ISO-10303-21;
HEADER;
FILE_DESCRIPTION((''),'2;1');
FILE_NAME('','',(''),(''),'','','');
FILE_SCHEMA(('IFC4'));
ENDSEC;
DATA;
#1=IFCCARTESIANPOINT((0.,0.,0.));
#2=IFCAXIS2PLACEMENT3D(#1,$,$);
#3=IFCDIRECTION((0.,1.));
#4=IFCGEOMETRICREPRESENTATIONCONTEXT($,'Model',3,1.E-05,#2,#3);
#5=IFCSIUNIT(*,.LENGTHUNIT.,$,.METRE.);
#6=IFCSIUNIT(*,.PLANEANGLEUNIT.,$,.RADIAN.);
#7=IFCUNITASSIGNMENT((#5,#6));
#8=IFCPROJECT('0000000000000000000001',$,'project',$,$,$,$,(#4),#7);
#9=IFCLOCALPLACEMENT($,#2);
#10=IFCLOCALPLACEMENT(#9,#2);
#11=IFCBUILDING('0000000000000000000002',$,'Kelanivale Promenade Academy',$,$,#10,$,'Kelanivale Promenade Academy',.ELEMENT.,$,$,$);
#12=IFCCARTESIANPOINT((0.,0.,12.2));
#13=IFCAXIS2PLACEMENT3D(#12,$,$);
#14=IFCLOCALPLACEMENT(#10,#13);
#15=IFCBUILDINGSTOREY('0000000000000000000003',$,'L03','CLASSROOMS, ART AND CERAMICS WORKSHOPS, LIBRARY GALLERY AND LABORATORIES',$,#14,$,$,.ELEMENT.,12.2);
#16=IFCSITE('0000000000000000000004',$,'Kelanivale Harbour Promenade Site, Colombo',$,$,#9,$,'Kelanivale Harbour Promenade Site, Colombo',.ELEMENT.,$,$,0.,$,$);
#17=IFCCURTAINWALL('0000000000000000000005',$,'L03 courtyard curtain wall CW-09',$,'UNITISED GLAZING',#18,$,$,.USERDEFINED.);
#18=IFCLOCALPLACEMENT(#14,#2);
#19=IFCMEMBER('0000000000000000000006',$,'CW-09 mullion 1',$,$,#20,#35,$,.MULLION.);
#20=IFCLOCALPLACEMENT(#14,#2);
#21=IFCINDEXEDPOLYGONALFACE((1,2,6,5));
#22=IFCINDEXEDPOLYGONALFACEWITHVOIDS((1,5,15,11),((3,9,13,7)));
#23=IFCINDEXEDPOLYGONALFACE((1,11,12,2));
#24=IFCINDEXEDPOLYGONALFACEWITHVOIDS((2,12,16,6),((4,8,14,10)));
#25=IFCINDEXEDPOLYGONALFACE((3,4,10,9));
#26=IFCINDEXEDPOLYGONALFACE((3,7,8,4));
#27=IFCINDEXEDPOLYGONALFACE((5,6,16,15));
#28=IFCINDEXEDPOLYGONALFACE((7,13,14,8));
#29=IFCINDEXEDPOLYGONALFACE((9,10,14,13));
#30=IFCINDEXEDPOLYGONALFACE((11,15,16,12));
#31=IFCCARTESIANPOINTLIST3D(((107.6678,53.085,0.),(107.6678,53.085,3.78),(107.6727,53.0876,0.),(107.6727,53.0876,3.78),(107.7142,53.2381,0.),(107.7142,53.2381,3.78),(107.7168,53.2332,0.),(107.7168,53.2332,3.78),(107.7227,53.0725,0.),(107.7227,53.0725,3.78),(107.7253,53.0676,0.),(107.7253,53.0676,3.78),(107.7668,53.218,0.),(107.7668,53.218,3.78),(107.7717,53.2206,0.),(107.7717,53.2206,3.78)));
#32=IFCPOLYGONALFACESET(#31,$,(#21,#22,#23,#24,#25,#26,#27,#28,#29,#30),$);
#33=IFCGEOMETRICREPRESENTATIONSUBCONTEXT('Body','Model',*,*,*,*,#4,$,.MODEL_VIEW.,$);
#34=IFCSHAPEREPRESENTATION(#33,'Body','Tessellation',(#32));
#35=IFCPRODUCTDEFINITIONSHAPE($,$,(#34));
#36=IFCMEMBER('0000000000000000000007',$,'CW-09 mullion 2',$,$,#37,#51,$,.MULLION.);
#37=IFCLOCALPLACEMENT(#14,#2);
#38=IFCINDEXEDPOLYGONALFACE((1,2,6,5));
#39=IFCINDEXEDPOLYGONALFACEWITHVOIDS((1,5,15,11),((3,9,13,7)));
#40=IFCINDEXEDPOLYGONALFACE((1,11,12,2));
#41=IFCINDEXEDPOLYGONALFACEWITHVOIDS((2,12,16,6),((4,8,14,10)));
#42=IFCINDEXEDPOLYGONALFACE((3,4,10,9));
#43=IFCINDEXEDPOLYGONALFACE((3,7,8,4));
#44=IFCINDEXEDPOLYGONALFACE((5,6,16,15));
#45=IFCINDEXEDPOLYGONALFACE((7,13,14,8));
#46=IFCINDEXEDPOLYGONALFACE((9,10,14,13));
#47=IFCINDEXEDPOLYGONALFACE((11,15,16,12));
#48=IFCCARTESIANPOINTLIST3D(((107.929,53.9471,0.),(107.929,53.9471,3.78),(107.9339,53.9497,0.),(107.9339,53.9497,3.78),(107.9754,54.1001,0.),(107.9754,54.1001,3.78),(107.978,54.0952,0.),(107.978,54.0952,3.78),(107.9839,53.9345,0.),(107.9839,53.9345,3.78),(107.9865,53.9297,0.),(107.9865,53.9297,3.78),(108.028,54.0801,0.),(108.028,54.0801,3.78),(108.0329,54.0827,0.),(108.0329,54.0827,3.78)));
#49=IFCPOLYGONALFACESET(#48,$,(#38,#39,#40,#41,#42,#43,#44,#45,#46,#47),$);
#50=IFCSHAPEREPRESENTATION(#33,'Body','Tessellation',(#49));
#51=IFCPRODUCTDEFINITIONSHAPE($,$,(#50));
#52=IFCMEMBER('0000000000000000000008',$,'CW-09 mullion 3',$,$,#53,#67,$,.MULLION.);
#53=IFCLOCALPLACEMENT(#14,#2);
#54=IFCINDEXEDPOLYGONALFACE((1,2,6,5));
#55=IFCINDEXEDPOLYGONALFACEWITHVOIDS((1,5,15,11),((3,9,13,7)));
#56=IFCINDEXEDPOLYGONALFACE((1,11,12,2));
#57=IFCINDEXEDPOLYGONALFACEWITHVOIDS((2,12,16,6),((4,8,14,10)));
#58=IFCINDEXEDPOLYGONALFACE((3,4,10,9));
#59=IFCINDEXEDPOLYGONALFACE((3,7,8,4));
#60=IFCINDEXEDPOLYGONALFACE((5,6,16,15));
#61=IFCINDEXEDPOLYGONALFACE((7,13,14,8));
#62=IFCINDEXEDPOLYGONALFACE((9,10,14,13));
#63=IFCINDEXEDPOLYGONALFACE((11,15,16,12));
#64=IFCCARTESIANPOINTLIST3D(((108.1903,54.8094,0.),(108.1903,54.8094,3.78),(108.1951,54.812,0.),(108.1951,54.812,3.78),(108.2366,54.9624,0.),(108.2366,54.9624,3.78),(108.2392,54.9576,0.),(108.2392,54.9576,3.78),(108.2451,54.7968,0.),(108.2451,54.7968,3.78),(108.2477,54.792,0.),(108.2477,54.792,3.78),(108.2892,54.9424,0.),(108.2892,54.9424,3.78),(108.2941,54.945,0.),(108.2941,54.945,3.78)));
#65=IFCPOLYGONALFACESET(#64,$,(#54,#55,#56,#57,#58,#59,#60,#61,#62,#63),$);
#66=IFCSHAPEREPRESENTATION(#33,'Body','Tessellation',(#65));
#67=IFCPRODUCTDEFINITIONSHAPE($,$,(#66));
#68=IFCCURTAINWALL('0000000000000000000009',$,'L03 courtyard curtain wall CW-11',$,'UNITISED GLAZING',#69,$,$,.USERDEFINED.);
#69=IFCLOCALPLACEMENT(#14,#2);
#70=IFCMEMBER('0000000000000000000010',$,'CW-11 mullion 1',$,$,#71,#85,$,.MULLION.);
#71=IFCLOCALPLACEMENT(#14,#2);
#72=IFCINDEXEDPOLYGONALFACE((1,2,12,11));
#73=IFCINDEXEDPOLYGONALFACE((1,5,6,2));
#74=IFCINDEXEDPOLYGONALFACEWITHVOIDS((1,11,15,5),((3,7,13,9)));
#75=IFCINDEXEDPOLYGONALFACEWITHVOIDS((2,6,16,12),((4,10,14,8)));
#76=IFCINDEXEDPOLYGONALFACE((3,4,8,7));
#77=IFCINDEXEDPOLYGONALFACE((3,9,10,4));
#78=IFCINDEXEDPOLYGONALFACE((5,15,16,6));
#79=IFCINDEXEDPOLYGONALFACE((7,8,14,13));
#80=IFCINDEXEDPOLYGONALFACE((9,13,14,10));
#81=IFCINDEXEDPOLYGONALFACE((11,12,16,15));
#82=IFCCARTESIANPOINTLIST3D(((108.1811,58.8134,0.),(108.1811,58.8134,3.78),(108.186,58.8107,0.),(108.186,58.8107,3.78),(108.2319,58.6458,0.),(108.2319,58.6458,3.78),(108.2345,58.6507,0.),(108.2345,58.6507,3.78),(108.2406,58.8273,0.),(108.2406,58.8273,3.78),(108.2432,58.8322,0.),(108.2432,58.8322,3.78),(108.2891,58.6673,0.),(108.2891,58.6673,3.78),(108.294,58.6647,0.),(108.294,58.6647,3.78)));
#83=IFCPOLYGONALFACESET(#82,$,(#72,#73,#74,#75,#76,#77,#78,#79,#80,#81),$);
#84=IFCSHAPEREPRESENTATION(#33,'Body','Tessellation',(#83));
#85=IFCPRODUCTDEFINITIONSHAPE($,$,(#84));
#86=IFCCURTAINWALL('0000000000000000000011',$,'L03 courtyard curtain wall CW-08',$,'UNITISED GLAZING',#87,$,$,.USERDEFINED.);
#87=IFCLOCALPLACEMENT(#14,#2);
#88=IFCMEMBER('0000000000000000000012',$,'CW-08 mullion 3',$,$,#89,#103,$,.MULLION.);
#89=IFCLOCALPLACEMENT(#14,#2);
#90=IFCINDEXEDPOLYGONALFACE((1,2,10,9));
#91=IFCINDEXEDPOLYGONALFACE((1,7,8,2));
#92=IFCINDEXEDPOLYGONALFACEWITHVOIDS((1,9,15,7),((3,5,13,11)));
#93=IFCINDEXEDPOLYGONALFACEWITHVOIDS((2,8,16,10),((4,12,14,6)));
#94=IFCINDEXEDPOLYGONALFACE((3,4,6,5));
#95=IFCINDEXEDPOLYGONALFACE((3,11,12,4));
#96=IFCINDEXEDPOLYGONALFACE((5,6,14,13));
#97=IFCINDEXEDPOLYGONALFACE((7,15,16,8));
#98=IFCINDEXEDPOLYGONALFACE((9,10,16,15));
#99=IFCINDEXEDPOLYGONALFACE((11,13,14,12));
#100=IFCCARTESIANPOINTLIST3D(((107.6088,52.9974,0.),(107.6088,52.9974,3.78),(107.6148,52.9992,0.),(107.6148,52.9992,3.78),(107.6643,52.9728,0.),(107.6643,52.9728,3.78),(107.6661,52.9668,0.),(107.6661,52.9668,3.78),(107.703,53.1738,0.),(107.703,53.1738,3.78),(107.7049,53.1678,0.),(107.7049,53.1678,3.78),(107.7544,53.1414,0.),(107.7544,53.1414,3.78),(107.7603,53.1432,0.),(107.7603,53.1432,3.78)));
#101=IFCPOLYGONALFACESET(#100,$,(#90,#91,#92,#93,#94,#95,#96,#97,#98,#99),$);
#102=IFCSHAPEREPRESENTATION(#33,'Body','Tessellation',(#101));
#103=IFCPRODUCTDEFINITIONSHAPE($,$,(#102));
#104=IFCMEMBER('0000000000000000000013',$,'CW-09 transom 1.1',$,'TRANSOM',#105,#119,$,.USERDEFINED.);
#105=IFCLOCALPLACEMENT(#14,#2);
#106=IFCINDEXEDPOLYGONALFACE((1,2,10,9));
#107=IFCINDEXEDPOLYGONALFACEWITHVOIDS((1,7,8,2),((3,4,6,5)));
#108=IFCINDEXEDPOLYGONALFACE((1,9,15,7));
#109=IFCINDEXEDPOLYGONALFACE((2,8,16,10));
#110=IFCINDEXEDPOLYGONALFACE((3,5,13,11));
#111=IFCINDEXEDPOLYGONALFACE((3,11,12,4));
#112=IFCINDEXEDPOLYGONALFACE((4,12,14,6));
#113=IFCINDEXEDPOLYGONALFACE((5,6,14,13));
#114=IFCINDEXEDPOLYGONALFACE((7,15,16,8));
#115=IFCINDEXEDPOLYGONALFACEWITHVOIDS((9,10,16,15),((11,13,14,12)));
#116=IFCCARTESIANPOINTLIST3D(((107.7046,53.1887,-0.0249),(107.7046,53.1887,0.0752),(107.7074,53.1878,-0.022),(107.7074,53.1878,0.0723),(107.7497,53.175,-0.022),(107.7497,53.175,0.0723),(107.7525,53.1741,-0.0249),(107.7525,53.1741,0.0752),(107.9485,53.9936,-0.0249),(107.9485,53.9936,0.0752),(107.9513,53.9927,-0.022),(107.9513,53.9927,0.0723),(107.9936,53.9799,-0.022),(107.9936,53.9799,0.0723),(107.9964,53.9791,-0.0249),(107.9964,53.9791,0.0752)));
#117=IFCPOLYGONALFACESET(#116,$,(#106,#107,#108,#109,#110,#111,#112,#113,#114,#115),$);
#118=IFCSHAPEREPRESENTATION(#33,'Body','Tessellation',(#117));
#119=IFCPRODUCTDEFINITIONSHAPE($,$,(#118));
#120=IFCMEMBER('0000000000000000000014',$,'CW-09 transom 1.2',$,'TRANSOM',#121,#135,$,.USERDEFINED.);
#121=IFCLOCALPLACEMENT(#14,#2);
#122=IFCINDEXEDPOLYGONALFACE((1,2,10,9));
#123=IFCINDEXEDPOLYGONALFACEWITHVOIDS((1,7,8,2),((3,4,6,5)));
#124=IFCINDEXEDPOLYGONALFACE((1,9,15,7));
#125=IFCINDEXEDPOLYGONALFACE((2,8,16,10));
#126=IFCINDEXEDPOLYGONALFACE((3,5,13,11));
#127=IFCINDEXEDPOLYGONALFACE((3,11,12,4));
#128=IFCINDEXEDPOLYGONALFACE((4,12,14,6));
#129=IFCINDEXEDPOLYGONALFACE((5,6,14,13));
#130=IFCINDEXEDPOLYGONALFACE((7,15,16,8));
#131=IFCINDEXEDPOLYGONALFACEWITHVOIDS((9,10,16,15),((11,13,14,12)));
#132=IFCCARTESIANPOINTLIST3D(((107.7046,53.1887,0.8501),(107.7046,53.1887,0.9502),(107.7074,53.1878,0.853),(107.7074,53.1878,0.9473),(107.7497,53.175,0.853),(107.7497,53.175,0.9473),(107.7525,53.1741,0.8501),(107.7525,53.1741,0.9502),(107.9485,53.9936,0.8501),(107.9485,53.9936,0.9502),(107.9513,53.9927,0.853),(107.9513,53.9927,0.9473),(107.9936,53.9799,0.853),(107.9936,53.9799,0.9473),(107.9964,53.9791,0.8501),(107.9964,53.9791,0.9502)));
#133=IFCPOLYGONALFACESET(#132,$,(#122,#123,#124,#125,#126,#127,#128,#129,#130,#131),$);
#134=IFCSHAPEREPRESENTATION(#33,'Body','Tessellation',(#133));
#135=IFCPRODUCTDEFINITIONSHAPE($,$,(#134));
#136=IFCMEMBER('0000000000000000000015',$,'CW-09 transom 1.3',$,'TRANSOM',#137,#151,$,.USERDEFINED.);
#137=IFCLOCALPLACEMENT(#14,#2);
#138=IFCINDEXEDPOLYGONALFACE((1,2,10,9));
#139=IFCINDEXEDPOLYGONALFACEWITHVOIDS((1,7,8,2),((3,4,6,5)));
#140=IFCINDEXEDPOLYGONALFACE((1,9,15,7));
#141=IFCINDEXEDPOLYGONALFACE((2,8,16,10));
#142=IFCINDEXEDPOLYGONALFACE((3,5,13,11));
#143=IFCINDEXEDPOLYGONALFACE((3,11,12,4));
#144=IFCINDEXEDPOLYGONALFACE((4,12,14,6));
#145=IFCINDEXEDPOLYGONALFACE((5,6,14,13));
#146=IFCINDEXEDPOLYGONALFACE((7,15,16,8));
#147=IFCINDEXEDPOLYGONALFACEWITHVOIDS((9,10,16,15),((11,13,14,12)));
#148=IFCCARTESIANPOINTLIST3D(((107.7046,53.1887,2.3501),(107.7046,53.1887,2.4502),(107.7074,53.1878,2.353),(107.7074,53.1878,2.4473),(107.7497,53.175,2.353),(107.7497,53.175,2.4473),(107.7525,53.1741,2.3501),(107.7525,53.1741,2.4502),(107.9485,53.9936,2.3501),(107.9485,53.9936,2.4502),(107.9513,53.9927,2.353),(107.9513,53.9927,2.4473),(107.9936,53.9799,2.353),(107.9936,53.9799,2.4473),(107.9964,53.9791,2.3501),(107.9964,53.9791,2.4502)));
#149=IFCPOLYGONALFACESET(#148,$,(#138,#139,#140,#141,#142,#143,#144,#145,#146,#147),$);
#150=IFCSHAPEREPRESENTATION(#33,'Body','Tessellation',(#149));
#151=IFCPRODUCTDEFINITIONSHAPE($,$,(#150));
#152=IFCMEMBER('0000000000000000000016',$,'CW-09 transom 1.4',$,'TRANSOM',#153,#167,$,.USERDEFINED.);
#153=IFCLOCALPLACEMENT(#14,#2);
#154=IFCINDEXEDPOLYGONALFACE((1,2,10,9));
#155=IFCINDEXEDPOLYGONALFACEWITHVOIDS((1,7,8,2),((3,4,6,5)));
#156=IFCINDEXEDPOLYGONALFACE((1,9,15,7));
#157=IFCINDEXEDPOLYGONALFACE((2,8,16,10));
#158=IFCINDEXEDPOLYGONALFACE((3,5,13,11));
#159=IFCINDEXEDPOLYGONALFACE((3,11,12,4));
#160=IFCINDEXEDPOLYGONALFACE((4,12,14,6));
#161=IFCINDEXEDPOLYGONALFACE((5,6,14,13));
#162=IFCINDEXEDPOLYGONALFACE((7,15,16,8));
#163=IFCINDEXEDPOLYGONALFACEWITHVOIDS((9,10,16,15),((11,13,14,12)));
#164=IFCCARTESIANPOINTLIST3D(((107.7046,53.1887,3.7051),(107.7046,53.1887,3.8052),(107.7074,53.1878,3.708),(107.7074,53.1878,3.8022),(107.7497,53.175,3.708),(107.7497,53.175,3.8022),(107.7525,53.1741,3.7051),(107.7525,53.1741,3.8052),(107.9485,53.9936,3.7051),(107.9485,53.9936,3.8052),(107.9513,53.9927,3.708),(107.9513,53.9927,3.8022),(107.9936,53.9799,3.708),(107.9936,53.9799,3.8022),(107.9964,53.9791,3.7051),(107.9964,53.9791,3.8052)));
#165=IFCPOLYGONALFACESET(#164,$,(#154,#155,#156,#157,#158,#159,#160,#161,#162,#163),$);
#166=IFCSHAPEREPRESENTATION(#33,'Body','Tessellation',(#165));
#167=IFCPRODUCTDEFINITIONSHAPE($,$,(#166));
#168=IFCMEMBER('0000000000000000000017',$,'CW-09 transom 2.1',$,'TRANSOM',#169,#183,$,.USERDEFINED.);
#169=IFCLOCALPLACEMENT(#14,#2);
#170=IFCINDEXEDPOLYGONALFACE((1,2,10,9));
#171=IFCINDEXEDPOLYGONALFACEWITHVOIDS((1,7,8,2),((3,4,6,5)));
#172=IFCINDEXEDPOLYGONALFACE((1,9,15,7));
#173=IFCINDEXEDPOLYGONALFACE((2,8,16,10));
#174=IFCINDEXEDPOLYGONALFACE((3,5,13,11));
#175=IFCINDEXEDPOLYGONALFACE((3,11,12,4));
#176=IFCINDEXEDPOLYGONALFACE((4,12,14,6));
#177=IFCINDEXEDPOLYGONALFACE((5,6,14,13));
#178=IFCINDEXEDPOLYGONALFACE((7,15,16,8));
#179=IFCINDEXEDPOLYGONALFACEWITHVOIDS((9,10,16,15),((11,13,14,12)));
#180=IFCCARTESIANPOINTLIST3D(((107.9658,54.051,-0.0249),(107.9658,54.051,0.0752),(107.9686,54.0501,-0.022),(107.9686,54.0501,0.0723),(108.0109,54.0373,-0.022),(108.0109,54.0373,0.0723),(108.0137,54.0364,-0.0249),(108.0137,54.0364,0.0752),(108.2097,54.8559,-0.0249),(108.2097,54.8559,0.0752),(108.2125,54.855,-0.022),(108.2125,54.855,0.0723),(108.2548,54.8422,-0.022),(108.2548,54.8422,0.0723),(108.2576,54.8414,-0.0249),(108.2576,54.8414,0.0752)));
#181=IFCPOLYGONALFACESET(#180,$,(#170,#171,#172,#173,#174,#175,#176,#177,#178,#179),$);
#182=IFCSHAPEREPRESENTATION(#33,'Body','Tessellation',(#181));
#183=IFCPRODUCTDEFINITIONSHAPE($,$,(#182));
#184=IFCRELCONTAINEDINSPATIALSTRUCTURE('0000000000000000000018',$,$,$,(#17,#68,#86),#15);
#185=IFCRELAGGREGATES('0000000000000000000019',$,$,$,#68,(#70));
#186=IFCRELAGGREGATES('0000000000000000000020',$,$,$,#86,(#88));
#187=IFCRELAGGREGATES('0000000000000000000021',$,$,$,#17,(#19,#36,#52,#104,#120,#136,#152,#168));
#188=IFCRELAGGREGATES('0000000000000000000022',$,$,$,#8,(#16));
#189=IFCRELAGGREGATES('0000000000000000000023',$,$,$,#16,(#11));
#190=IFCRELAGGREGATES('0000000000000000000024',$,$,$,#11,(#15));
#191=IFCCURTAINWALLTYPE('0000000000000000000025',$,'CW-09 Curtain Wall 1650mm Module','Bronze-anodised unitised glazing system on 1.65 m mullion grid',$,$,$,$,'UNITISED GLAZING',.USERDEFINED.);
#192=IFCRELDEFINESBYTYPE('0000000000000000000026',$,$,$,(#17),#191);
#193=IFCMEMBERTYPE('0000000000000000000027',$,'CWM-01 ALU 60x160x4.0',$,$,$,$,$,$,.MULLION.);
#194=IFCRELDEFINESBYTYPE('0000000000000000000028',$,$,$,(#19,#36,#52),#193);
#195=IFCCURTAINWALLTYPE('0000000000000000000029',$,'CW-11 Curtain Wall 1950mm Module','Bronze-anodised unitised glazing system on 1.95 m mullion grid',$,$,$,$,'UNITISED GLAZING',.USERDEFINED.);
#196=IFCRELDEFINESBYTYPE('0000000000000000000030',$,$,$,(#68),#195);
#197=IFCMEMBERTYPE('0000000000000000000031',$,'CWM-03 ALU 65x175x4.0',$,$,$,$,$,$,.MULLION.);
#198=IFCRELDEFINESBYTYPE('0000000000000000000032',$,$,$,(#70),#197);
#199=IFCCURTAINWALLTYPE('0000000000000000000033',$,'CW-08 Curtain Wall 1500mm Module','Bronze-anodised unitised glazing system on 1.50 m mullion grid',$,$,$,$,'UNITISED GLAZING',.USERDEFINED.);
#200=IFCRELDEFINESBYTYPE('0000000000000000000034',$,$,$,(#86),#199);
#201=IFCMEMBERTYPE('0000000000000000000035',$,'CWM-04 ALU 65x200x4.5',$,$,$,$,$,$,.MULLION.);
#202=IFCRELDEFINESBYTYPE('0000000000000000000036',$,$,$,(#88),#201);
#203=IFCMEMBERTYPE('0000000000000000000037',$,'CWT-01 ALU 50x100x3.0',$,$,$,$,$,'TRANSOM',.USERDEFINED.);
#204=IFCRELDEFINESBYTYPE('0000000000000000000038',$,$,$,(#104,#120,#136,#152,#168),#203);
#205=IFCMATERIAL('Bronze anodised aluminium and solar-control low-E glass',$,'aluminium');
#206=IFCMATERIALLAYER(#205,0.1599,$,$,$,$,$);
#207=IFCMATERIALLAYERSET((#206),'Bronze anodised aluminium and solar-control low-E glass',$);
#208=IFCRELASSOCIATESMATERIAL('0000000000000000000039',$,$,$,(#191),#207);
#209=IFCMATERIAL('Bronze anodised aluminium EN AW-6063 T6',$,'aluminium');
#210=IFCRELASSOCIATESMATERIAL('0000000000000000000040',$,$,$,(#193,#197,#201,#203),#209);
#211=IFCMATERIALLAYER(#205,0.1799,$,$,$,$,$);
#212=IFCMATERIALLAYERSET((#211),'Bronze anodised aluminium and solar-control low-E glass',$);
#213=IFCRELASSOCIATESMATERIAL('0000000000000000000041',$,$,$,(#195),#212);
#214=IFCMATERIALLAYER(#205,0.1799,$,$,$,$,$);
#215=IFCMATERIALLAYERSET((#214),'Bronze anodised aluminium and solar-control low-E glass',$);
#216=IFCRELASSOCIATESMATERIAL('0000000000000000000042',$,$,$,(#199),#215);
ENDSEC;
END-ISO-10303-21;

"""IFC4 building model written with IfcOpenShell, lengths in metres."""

from ifc_helpers import new_model, si_unit, direction, frame, origin, origin_2d, place, context, subcontext, project, spatial, hollow_rectangle, extrude, material, layer, layer_set, material_profile, profile_set, type_object, element, aggregate, save


model = new_model("IFC4")

# Units and contexts
model_context = context("Model", 3, precision=1e-05, world=origin(), true_north=direction((0.0, 1.0)))
body_context = subcontext(model_context, "Body", "Model", "MODEL_VIEW")
ifc_project = project(units=[si_unit("LENGTHUNIT", "METRE"), si_unit("PLANEANGLEUNIT", "RADIAN")], contexts=[model_context])

# Site, building, storey
site_placement = place(None, origin())
site = spatial("IfcSite", under=ifc_project, at=site_placement, Name="Kelanivale Harbour Promenade Site, Colombo", LongName="Kelanivale Harbour Promenade Site, Colombo", CompositionType="ELEMENT", RefElevation=0.0)
building_placement = place(site_placement, origin())
building = spatial("IfcBuilding", under=site, at=building_placement, Name="Kelanivale Promenade Academy", LongName="Kelanivale Promenade Academy", CompositionType="ELEMENT")
storey_placement = place(building_placement, frame((0.0, 0.0, 12.2)))
storey = spatial("IfcBuildingStorey", under=building, at=storey_placement, Name="L03", Description="CLASSROOMS, ART AND CERAMICS WORKSHOPS, LIBRARY GALLERY AND LABORATORIES", CompositionType="ELEMENT", Elevation=12.2)

# Curtain wall, members
ifc_material_1 = material(Name="Bronze anodised aluminium and solar-control low-E glass", Category="aluminium")
ifc_layer_1 = layer(ifc_material_1, 0.1599)
ifc_layer_set_1 = layer_set([ifc_layer_1], Name="Bronze anodised aluminium and solar-control low-E glass")
curtain_wall_type_1 = type_object("IfcCurtainWallType", Name="CW-09 Curtain Wall 1650mm Module", Description="Bronze-anodised unitised glazing system on 1.65 m mullion grid", ElementType="UNITISED GLAZING", PredefinedType="USERDEFINED", material=ifc_layer_set_1)
curtain_wall_1_placement = place(storey_placement, origin())
curtain_wall_1 = element("IfcCurtainWall", 1, at=curtain_wall_1_placement, inside=storey, type_object=curtain_wall_type_1, Name="L03 courtyard curtain wall CW-09", ObjectType="UNITISED GLAZING", PredefinedType="USERDEFINED")
ifc_material_2 = material(Name="Bronze anodised aluminium EN AW-6063 T6", Category="aluminium")
ifc_material_profile_1 = material_profile(ifc_material_2, hollow_rectangle(XDim=0.0601, YDim=0.1599, WallThickness=0.0039, at=origin_2d()), Name="ALU 60x160x4.0")
ifc_profile_set_1 = profile_set([ifc_material_profile_1], Name="Bronze anodised aluminium EN AW-6063 T6")
member_type_1 = type_object("IfcMemberType", Name="CWM-01 ALU 60x160x4.0", PredefinedType="MULLION", material=ifc_profile_set_1)
member_1_placement = place(storey_placement, frame((107.7197, 53.1528, 0.0), z_axis=(0.0, 0.0, 1.0), x_axis=(-0.957024, 0.290007, 0.0)))
member_1 = element("IfcMember", 2, at=member_1_placement, type_object=member_type_1, Name="CW-09 mullion 1", PredefinedType="MULLION", context=body_context, shape_type="SweptSolid", body=[
    extrude(hollow_rectangle(XDim=0.0601, YDim=0.1599, WallThickness=0.0039, at=origin_2d()), origin(), (0.0, 0.0, 1.0), 3.78),
])
member_2_placement = place(storey_placement, frame((107.981, 54.0149, 0.0), z_axis=(0.0, 0.0, 1.0), x_axis=(-0.957024, 0.290007, 0.0)))
member_2 = element("IfcMember", 3, at=member_2_placement, type_object=member_type_1, Name="CW-09 mullion 2", PredefinedType="MULLION", context=body_context, shape_type="SweptSolid", body=[
    extrude(hollow_rectangle(XDim=0.0601, YDim=0.1599, WallThickness=0.0039, at=origin_2d()), origin(), (0.0, 0.0, 1.0), 3.78),
])
member_3_placement = place(storey_placement, frame((108.2422, 54.8772, 0.0), z_axis=(0.0, 0.0, 1.0), x_axis=(-0.957024, 0.290007, 0.0)))
member_3 = element("IfcMember", 4, at=member_3_placement, type_object=member_type_1, Name="CW-09 mullion 3", PredefinedType="MULLION", context=body_context, shape_type="SweptSolid", body=[
    extrude(hollow_rectangle(XDim=0.0601, YDim=0.1599, WallThickness=0.0039, at=origin_2d()), origin(), (0.0, 0.0, 1.0), 3.78),
])

# Curtain walls, members
ifc_layer_2 = layer(ifc_material_1, 0.1799)
ifc_layer_set_2 = layer_set([ifc_layer_2], Name="Bronze anodised aluminium and solar-control low-E glass")
curtain_wall_type_2 = type_object("IfcCurtainWallType", Name="CW-11 Curtain Wall 1950mm Module", Description="Bronze-anodised unitised glazing system on 1.95 m mullion grid", ElementType="UNITISED GLAZING", PredefinedType="USERDEFINED", material=ifc_layer_set_2)
curtain_wall_2_placement = place(storey_placement, origin())
curtain_wall_2 = element("IfcCurtainWall", 5, at=curtain_wall_2_placement, inside=storey, type_object=curtain_wall_type_2, Name="L03 courtyard curtain wall CW-11", ObjectType="UNITISED GLAZING", PredefinedType="USERDEFINED")
ifc_material_profile_2 = material_profile(ifc_material_2, hollow_rectangle(XDim=0.0649, YDim=0.175, WallThickness=0.0039, at=origin_2d()), Name="ALU 65x175x4.0")
ifc_profile_set_2 = profile_set([ifc_material_profile_2], Name="Bronze anodised aluminium EN AW-6063 T6")
member_type_2 = type_object("IfcMemberType", Name="CWM-03 ALU 65x175x4.0", PredefinedType="MULLION", material=ifc_profile_set_2)
member_4_placement = place(storey_placement, frame((108.2375, 58.739, 0.0), z_axis=(0.0, 0.0, 1.0), x_axis=(-0.956988, -0.290128, 0.0)))
member_4 = element("IfcMember", 6, at=member_4_placement, type_object=member_type_2, Name="CW-11 mullion 1", PredefinedType="MULLION", context=body_context, shape_type="SweptSolid", body=[
    extrude(hollow_rectangle(XDim=0.0649, YDim=0.175, WallThickness=0.0039, at=origin_2d()), origin(), (0.0, 0.0, 1.0), 3.78),
])
aggregate(curtain_wall_2, [member_4])
ifc_layer_3 = layer(ifc_material_1, 0.1799)
ifc_layer_set_3 = layer_set([ifc_layer_3], Name="Bronze anodised aluminium and solar-control low-E glass")
curtain_wall_type_3 = type_object("IfcCurtainWallType", Name="CW-08 Curtain Wall 1500mm Module", Description="Bronze-anodised unitised glazing system on 1.50 m mullion grid", ElementType="UNITISED GLAZING", PredefinedType="USERDEFINED", material=ifc_layer_set_3)
curtain_wall_3_placement = place(storey_placement, origin())
curtain_wall_3 = element("IfcCurtainWall", 7, at=curtain_wall_3_placement, inside=storey, type_object=curtain_wall_type_3, Name="L03 courtyard curtain wall CW-08", ObjectType="UNITISED GLAZING", PredefinedType="USERDEFINED")
ifc_material_profile_3 = material_profile(ifc_material_2, hollow_rectangle(XDim=0.0649, YDim=0.2, WallThickness=0.0044, at=origin_2d()), Name="ALU 65x200x4.5")
ifc_profile_set_3 = profile_set([ifc_material_profile_3], Name="Bronze anodised aluminium EN AW-6063 T6")
member_type_3 = type_object("IfcMemberType", Name="CWM-04 ALU 65x200x4.5", PredefinedType="MULLION", material=ifc_profile_set_3)
member_5_placement = place(storey_placement, frame((107.6846, 53.0703, 0.0), z_axis=(0.0, 0.0, 1.0), x_axis=(-0.881978, 0.47129, 0.0)))
member_5 = element("IfcMember", 8, at=member_5_placement, type_object=member_type_3, Name="CW-08 mullion 3", PredefinedType="MULLION", context=body_context, shape_type="SweptSolid", body=[
    extrude(hollow_rectangle(XDim=0.0649, YDim=0.2, WallThickness=0.0044, at=origin_2d()), origin(), (0.0, 0.0, 1.0), 3.78),
])

# Members
ifc_material_profile_4 = material_profile(ifc_material_2, hollow_rectangle(XDim=0.05, YDim=0.1001, WallThickness=0.0029, at=origin_2d()), Name="ALU 50x100x3.0")
ifc_profile_set_4 = profile_set([ifc_material_profile_4], Name="Bronze anodised aluminium EN AW-6063 T6")
member_type_4 = type_object("IfcMemberType", Name="CWT-01 ALU 50x100x3.0", ElementType="TRANSOM", PredefinedType="USERDEFINED", material=ifc_profile_set_4)
member_6_placement = place(storey_placement, frame((107.7285, 53.1814, 0.0251), z_axis=(0.289983, 0.957032, 0.0), x_axis=(-0.957032, 0.289983, 0.0)))
member_6 = element("IfcMember", 9, at=member_6_placement, type_object=member_type_4, Name="CW-09 transom 1.1", ObjectType="TRANSOM", PredefinedType="USERDEFINED", context=body_context, shape_type="SweptSolid", body=[
    extrude(hollow_rectangle(XDim=0.05, YDim=0.1001, WallThickness=0.0029, at=origin_2d()), origin(), (0.0, 0.0, 1.0), 0.8411),
])
member_7_placement = place(storey_placement, frame((107.7285, 53.1814, 0.9001), z_axis=(0.289983, 0.957032, 0.0), x_axis=(-0.957032, 0.289983, 0.0)))
member_7 = element("IfcMember", 10, at=member_7_placement, type_object=member_type_4, Name="CW-09 transom 1.2", ObjectType="TRANSOM", PredefinedType="USERDEFINED", context=body_context, shape_type="SweptSolid", body=[
    extrude(hollow_rectangle(XDim=0.05, YDim=0.1001, WallThickness=0.0029, at=origin_2d()), origin(), (0.0, 0.0, 1.0), 0.8411),
])
member_8_placement = place(storey_placement, frame((107.7285, 53.1814, 2.4001), z_axis=(0.289983, 0.957032, 0.0), x_axis=(-0.957032, 0.289983, 0.0)))
member_8 = element("IfcMember", 11, at=member_8_placement, type_object=member_type_4, Name="CW-09 transom 1.3", ObjectType="TRANSOM", PredefinedType="USERDEFINED", context=body_context, shape_type="SweptSolid", body=[
    extrude(hollow_rectangle(XDim=0.05, YDim=0.1001, WallThickness=0.0029, at=origin_2d()), origin(), (0.0, 0.0, 1.0), 0.8411),
])
member_9_placement = place(storey_placement, frame((107.7285, 53.1814, 3.7551), z_axis=(0.289983, 0.957032, 0.0), x_axis=(-0.957032, 0.289983, 0.0)))
member_9 = element("IfcMember", 12, at=member_9_placement, type_object=member_type_4, Name="CW-09 transom 1.4", ObjectType="TRANSOM", PredefinedType="USERDEFINED", context=body_context, shape_type="SweptSolid", body=[
    extrude(hollow_rectangle(XDim=0.05, YDim=0.1001, WallThickness=0.0029, at=origin_2d()), origin(), (0.0, 0.0, 1.0), 0.8411),
])
member_10_placement = place(storey_placement, frame((107.9897, 54.0437, 0.0251), z_axis=(0.289983, 0.957032, 0.0), x_axis=(-0.957032, 0.289983, 0.0)))
member_10 = element("IfcMember", 13, at=member_10_placement, type_object=member_type_4, Name="CW-09 transom 2.1", ObjectType="TRANSOM", PredefinedType="USERDEFINED", context=body_context, shape_type="SweptSolid", body=[
    extrude(hollow_rectangle(XDim=0.05, YDim=0.1001, WallThickness=0.0029, at=origin_2d()), origin(), (0.0, 0.0, 1.0), 0.8411),
])

aggregate(curtain_wall_3, [member_5])
aggregate(curtain_wall_1, [member_1, member_2, member_3, member_6, member_7, member_8, member_9, member_10])

save(model, "model.ifc")
